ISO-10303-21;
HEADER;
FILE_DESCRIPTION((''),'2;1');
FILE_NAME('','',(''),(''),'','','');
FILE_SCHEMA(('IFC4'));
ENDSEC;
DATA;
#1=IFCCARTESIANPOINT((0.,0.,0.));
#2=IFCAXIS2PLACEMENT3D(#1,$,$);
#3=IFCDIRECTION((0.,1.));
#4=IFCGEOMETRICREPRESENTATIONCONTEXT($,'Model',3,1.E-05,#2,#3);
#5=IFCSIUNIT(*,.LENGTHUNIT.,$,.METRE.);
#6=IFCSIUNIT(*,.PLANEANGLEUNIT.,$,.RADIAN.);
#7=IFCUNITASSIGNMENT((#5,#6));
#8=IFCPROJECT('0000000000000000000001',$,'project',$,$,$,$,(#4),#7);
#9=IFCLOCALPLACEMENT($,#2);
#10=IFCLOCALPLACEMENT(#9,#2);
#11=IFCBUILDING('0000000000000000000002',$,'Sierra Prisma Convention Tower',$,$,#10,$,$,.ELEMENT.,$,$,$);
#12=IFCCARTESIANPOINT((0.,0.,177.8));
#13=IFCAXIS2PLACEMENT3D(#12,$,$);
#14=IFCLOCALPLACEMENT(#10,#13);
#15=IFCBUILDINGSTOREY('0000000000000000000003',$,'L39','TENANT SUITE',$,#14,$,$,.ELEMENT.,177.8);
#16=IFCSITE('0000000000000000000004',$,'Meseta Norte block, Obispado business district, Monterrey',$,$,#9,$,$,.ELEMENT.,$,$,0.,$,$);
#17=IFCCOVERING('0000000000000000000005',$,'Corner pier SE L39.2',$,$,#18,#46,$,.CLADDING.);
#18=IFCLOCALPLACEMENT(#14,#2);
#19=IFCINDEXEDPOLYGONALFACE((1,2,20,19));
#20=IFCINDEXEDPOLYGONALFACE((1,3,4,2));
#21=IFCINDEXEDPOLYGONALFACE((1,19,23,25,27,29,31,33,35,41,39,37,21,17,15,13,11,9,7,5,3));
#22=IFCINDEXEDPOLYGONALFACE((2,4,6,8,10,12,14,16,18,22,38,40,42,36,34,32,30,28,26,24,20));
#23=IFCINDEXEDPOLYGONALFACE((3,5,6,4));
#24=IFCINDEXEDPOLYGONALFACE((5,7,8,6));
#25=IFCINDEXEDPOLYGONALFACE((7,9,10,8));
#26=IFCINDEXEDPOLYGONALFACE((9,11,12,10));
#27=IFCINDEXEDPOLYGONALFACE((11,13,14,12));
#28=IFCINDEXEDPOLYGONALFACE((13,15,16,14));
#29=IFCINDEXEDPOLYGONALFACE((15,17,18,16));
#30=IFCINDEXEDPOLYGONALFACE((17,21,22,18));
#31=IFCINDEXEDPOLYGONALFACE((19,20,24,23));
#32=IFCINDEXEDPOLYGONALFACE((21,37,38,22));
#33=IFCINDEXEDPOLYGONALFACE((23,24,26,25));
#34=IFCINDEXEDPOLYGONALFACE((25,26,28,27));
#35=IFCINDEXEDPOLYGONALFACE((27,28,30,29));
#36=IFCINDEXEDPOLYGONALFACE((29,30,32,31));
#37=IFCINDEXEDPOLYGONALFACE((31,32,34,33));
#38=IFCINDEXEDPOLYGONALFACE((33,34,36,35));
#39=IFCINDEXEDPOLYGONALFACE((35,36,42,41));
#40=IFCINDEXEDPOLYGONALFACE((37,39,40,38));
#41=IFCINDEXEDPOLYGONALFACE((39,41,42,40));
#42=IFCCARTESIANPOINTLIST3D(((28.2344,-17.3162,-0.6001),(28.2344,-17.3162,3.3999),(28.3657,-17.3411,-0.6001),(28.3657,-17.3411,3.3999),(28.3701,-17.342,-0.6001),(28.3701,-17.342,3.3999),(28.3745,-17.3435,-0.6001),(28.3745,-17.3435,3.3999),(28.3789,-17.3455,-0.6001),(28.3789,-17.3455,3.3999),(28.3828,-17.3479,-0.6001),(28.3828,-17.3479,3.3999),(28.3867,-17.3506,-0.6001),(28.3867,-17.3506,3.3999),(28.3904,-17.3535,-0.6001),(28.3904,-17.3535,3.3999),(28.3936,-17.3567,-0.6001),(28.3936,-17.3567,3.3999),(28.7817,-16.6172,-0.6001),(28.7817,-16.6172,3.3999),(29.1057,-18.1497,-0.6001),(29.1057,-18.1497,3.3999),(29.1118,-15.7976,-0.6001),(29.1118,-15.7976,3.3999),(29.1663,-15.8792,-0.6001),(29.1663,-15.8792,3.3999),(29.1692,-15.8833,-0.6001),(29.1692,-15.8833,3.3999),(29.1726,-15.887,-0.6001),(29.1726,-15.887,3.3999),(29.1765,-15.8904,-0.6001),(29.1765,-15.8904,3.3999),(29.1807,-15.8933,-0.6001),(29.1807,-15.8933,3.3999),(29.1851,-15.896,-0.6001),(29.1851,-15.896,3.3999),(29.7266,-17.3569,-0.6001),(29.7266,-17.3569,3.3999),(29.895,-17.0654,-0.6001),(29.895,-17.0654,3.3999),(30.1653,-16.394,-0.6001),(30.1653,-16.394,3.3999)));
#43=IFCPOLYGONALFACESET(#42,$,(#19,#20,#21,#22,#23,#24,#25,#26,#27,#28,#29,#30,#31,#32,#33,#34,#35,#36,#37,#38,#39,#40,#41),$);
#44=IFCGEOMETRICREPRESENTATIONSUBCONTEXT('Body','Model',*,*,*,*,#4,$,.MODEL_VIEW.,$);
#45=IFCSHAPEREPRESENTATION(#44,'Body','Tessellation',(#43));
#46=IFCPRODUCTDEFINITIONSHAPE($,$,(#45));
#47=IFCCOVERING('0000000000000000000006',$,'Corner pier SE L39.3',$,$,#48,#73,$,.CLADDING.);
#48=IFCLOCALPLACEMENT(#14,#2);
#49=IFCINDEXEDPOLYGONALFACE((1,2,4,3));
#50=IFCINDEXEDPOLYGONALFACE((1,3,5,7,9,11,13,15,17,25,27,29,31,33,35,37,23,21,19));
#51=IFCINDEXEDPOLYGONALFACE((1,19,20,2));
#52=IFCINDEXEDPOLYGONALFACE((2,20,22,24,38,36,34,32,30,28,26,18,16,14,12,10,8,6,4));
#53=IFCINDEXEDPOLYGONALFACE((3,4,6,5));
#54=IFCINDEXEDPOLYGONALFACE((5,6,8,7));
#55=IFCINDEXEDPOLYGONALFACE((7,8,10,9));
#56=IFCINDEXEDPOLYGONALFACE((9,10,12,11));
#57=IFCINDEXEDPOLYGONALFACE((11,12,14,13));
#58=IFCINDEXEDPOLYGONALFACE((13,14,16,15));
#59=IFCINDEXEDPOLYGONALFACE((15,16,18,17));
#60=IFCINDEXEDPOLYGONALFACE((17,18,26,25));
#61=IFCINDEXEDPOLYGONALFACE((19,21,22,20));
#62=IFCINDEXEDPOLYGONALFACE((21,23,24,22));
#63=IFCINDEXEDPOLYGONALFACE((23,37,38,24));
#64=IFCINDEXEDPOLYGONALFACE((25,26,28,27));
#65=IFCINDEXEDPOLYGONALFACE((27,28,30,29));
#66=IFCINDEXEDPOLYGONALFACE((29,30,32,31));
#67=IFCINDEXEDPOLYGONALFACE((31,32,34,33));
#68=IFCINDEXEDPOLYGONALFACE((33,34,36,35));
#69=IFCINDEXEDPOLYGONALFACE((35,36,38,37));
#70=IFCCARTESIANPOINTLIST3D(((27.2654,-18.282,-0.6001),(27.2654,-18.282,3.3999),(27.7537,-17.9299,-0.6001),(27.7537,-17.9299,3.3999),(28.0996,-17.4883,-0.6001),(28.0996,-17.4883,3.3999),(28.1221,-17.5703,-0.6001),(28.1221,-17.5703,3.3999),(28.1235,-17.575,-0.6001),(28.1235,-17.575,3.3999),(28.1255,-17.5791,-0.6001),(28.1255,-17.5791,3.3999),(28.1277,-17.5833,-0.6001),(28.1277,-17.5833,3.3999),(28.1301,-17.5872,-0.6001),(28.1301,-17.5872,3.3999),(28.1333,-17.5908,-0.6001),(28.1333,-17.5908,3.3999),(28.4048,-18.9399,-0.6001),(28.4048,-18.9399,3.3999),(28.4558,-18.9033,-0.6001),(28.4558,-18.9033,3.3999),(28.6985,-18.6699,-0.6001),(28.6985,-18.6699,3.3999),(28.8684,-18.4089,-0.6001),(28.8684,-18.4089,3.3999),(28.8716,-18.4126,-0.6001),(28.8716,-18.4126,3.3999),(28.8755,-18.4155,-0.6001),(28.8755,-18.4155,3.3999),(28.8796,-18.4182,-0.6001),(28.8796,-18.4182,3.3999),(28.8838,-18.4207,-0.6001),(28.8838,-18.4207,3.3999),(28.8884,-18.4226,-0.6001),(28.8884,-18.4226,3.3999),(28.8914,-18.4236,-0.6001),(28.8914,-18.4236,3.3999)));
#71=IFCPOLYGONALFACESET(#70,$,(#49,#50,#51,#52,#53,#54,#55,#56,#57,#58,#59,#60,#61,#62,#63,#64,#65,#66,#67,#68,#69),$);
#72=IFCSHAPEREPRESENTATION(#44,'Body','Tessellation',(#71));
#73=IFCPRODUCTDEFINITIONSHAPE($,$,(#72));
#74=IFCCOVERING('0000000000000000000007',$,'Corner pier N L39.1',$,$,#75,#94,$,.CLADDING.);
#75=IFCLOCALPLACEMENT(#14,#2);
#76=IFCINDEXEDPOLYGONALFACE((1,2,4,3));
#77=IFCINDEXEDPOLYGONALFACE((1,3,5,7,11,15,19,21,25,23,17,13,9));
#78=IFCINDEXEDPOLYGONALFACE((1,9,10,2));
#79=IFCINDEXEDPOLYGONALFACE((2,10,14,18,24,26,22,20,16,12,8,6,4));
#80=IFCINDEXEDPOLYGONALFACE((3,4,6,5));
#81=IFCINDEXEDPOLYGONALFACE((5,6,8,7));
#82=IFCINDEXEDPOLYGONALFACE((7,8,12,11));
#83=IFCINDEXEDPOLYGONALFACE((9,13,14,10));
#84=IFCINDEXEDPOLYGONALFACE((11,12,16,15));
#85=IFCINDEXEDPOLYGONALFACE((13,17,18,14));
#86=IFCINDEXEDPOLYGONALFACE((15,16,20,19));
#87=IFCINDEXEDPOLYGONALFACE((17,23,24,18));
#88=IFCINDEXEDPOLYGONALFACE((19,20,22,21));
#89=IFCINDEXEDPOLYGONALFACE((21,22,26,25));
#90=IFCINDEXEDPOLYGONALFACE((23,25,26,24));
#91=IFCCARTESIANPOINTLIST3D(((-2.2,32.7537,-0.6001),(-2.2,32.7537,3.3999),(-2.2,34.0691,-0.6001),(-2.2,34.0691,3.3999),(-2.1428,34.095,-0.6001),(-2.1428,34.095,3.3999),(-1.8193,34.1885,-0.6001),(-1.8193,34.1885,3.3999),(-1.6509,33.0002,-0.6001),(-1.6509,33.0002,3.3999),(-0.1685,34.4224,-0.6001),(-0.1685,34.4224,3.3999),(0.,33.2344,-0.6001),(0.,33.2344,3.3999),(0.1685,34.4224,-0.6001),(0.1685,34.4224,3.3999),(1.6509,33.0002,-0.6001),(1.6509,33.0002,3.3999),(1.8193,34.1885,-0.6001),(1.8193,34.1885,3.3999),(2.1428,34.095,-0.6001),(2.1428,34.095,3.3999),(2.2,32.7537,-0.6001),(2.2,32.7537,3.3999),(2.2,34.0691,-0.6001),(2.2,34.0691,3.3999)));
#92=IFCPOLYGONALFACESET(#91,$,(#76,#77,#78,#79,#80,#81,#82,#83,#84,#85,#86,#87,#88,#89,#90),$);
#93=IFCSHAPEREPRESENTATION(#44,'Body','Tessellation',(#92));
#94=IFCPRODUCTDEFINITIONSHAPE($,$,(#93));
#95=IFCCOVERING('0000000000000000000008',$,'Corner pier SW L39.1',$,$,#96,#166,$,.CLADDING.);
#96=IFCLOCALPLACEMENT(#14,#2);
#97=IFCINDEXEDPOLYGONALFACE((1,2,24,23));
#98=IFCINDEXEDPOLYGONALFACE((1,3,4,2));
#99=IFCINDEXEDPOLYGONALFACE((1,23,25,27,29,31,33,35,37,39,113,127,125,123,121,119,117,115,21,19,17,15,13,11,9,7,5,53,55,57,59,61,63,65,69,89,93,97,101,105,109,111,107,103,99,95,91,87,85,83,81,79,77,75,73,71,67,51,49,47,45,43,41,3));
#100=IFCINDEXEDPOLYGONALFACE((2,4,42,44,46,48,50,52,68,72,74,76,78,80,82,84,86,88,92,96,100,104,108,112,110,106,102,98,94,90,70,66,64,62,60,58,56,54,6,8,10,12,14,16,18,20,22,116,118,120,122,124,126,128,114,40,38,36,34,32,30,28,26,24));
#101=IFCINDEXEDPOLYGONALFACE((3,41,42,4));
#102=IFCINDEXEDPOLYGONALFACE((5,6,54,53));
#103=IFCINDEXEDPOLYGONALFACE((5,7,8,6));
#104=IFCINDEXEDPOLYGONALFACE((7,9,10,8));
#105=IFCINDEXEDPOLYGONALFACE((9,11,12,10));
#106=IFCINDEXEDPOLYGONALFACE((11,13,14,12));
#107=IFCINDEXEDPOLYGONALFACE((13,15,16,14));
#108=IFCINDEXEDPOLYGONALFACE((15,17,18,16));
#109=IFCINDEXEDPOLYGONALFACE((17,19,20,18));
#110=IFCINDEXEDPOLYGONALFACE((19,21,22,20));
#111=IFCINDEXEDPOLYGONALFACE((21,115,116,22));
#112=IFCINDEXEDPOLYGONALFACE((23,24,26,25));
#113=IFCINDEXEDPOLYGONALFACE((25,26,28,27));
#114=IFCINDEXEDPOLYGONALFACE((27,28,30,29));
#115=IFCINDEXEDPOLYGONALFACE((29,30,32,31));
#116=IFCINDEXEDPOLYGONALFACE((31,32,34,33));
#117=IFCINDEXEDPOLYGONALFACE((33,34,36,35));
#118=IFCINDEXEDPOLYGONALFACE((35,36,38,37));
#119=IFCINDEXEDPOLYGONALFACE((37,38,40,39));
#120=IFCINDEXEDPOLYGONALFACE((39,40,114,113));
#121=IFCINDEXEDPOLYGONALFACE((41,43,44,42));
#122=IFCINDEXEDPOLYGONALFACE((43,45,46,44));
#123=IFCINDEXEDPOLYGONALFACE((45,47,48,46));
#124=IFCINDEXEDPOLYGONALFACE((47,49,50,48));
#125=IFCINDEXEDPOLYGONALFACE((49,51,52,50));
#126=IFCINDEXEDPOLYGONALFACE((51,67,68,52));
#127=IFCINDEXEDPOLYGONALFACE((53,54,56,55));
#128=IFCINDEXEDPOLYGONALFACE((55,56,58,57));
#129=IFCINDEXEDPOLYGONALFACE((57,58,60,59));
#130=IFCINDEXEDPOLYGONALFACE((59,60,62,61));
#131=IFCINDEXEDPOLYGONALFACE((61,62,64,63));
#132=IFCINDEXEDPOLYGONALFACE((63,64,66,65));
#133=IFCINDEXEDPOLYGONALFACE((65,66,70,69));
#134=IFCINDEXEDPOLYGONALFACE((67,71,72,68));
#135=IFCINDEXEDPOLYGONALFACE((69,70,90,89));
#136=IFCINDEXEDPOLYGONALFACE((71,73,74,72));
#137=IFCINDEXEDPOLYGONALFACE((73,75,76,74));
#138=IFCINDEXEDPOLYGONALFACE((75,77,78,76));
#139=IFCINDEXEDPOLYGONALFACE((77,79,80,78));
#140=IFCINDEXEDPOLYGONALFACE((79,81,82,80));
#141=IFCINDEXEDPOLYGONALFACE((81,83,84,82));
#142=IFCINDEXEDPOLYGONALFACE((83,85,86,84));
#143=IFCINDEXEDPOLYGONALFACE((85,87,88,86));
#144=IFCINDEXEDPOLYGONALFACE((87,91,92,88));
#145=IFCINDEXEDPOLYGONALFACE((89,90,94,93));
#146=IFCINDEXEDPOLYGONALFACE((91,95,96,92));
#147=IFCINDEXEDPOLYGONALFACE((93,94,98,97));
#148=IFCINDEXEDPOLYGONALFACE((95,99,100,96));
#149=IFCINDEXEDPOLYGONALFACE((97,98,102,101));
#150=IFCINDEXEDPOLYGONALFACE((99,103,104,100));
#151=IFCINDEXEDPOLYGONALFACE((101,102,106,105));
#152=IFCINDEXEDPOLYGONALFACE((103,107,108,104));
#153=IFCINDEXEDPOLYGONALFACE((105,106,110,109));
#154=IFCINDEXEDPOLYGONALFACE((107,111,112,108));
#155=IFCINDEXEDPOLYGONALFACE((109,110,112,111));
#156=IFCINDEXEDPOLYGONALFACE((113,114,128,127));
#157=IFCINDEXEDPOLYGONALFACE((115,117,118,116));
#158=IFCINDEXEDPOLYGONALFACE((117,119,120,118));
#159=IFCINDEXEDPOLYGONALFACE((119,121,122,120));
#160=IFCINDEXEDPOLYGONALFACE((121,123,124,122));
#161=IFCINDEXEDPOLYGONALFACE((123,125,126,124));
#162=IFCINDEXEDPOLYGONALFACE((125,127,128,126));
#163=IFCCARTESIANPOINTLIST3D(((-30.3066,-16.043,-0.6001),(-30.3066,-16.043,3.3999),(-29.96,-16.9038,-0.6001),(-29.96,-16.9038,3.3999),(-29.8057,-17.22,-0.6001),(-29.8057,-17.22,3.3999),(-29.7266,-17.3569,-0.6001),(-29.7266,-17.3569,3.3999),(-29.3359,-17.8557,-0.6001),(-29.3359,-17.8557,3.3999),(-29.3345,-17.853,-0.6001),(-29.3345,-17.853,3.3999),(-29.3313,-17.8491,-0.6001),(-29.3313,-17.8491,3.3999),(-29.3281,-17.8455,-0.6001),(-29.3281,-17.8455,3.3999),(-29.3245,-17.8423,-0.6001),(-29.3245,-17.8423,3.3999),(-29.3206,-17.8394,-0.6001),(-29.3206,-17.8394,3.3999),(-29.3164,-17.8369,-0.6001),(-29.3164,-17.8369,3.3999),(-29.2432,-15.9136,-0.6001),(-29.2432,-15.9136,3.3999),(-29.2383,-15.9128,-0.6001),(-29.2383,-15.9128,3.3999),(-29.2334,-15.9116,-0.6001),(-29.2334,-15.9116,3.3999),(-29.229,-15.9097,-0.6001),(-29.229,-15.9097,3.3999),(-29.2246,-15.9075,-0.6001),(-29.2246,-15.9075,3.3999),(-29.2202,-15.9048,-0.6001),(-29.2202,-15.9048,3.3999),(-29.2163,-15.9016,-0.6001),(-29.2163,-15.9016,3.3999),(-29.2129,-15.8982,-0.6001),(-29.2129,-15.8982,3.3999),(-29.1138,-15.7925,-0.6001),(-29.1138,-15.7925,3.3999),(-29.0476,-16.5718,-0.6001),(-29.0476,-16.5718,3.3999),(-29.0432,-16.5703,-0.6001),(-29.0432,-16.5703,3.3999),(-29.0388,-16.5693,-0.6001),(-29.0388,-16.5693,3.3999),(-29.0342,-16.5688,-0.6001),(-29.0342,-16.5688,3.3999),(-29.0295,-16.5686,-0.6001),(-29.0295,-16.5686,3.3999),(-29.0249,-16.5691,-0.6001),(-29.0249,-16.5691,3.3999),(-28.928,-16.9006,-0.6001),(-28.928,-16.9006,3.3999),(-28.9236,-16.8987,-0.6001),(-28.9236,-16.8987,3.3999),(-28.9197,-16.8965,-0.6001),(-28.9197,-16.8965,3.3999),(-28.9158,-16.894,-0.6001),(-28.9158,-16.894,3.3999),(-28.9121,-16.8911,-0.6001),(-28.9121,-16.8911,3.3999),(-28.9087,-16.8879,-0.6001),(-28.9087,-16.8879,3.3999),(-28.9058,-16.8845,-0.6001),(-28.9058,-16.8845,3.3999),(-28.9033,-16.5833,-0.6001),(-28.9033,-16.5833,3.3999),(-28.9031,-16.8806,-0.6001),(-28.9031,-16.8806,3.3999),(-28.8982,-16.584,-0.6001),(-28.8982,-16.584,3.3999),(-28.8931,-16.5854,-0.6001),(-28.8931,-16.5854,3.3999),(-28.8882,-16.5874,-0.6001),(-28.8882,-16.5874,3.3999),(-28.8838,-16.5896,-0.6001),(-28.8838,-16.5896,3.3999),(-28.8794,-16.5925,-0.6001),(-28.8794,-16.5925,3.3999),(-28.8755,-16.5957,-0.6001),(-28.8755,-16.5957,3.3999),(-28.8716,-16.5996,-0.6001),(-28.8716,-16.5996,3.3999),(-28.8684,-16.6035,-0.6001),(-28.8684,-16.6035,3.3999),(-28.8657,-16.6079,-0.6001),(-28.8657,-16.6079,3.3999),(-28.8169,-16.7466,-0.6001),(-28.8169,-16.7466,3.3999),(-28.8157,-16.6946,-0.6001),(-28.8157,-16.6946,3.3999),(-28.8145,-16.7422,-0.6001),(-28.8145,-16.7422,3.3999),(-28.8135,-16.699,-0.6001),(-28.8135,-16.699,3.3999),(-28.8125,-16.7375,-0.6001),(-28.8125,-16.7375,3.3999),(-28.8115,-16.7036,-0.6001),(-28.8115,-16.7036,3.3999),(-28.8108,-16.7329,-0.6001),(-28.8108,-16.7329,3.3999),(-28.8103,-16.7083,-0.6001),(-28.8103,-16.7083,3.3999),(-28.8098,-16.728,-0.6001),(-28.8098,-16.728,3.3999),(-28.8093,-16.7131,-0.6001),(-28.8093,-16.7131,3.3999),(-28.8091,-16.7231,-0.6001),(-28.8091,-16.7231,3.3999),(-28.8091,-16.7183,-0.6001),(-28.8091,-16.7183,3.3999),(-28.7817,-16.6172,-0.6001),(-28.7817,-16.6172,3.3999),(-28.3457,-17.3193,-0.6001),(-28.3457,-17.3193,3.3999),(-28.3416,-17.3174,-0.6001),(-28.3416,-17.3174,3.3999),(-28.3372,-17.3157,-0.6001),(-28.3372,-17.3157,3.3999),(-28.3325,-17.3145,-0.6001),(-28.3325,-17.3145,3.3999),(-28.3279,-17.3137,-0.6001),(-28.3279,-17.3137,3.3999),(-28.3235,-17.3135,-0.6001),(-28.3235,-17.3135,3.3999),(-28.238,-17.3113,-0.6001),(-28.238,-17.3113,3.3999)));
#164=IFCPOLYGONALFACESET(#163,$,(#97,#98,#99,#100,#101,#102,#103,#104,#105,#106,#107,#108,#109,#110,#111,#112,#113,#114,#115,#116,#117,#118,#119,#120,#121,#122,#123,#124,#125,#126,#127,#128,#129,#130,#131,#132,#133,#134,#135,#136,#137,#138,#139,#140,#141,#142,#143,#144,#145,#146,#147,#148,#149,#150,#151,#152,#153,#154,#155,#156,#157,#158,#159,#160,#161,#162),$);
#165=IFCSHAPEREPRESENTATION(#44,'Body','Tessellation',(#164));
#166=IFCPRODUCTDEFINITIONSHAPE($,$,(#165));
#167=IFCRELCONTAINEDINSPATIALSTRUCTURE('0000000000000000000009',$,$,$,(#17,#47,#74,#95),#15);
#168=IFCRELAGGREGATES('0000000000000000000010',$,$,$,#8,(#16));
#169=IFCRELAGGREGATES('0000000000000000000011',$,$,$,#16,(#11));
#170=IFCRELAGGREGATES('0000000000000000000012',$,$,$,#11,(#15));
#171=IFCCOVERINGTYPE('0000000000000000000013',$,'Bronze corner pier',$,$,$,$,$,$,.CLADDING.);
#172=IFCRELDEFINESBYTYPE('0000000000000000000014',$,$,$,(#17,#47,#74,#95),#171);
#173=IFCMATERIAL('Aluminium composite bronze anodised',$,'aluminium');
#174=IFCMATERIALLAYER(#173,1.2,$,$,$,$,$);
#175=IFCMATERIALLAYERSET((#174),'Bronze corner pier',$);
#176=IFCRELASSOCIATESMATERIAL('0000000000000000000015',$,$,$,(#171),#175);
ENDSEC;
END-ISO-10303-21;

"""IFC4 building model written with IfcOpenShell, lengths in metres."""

from ifc_helpers import new_model, si_unit, direction, frame, origin, place, context, subcontext, project, spatial, polyline, outline, extrude, material, layer, layer_set, type_object, element, save


model = new_model("IFC4")

# Units and contexts
model_context = context("Model", 3, precision=1e-05, world=origin(), true_north=direction((0.0, 1.0)))
body_context = subcontext(model_context, "Body", "Model", "MODEL_VIEW")
ifc_project = project(units=[si_unit("LENGTHUNIT", "METRE"), si_unit("PLANEANGLEUNIT", "RADIAN")], contexts=[model_context])

# Site, building, storey
site_placement = place(None, origin())
site = spatial("IfcSite", under=ifc_project, at=site_placement, Name="Meseta Norte block, Obispado business district, Monterrey", CompositionType="ELEMENT", RefElevation=0.0)
building_placement = place(site_placement, origin())
building = spatial("IfcBuilding", under=site, at=building_placement, Name="Sierra Prisma Convention Tower", CompositionType="ELEMENT")
storey_placement = place(building_placement, frame((0.0, 0.0, 177.8)))
storey = spatial("IfcBuildingStorey", under=building, at=storey_placement, Name="L39", Description="TENANT SUITE", CompositionType="ELEMENT", Elevation=177.8)

# Coverings
ifc_material_1 = material(Name="Aluminium composite bronze anodised", Category="aluminium")
ifc_layer_1 = layer(ifc_material_1, 1.2)
ifc_layer_set_1 = layer_set([ifc_layer_1], Name="Bronze corner pier")
covering_type_1 = type_object("IfcCoveringType", Name="Bronze corner pier", PredefinedType="CLADDING", material=ifc_layer_set_1)
covering_1_placement = place(storey_placement, frame((0.0, 0.0, -0.6001)))
element("IfcCovering", 1, at=covering_1_placement, inside=storey, type_object=covering_type_1, Name="Corner pier SE L39.2", PredefinedType="CLADDING", context=body_context, shape_type="SweptSolid", body=[
    extrude(outline(polyline([(28.2344, -17.3162), (28.7817, -16.6172), (29.1118, -15.7976), (29.1663, -15.8792), (29.1692, -15.8833), (29.1726, -15.887), (29.1765, -15.8904), (29.1807, -15.8933), (29.1851, -15.896), (30.1653, -16.394), (29.895, -17.0654), (29.7266, -17.3569), (29.1057, -18.1497), (28.3936, -17.3567), (28.3904, -17.3535), (28.3867, -17.3506), (28.3828, -17.3479), (28.3789, -17.3455), (28.3745, -17.3435), (28.3701, -17.342), (28.3657, -17.3411), (28.2344, -17.3162)])), origin(), (0.0, 0.0, 1.0), 4.0),
])
covering_2_placement = place(storey_placement, frame((0.0, 0.0, -0.6001)))
element("IfcCovering", 2, at=covering_2_placement, inside=storey, type_object=covering_type_1, Name="Corner pier SE L39.3", PredefinedType="CLADDING", context=body_context, shape_type="SweptSolid", body=[
    extrude(outline(polyline([(28.8684, -18.4089), (28.8716, -18.4126), (28.8755, -18.4155), (28.8796, -18.4182), (28.8838, -18.4207), (28.8884, -18.4226), (28.8914, -18.4236), (28.6985, -18.6699), (28.4558, -18.9033), (28.4048, -18.9399), (27.2654, -18.282), (27.7537, -17.9299), (28.0996, -17.4883), (28.1221, -17.5703), (28.1235, -17.575), (28.1255, -17.5791), (28.1277, -17.5833), (28.1301, -17.5872), (28.1333, -17.5908), (28.8684, -18.4089)])), origin(), (0.0, 0.0, 1.0), 4.0),
])
covering_3_placement = place(storey_placement, frame((0.0, 0.0, -0.6001)))
element("IfcCovering", 3, at=covering_3_placement, inside=storey, type_object=covering_type_1, Name="Corner pier N L39.1", PredefinedType="CLADDING", context=body_context, shape_type="SweptSolid", body=[
    extrude(outline(polyline([(-2.1428, 34.095), (-1.8193, 34.1885), (-0.1685, 34.4224), (0.1685, 34.4224), (1.8193, 34.1885), (2.1428, 34.095), (2.2, 34.0691), (2.2, 32.7537), (1.6509, 33.0002), (0.0, 33.2344), (-1.6509, 33.0002), (-2.2, 32.7537), (-2.2, 34.0691), (-2.1428, 34.095)])), origin(), (0.0, 0.0, 1.0), 4.0),
])
covering_4_placement = place(storey_placement, frame((0.0, 0.0, -0.6001)))
element("IfcCovering", 4, at=covering_4_placement, inside=storey, type_object=covering_type_1, Name="Corner pier SW L39.1", PredefinedType="CLADDING", context=body_context, shape_type="SweptSolid", body=[
    extrude(outline(polyline([(-28.8145, -16.7422), (-28.8125, -16.7375), (-28.8108, -16.7329), (-28.8098, -16.728), (-28.8091, -16.7231), (-28.8091, -16.7183), (-28.8093, -16.7131), (-28.8103, -16.7083), (-28.8115, -16.7036), (-28.8135, -16.699), (-28.8157, -16.6946), (-28.8657, -16.6079), (-28.8684, -16.6035), (-28.8716, -16.5996), (-28.8755, -16.5957), (-28.8794, -16.5925), (-28.8838, -16.5896), (-28.8882, -16.5874), (-28.8931, -16.5854), (-28.8982, -16.584), (-28.9033, -16.5833), (-29.0249, -16.5691), (-29.0295, -16.5686), (-29.0342, -16.5688), (-29.0388, -16.5693), (-29.0432, -16.5703), (-29.0476, -16.5718), (-29.96, -16.9038), (-30.3066, -16.043), (-29.2432, -15.9136), (-29.2383, -15.9128), (-29.2334, -15.9116), (-29.229, -15.9097), (-29.2246, -15.9075), (-29.2202, -15.9048), (-29.2163, -15.9016), (-29.2129, -15.8982), (-29.1138, -15.7925), (-28.7817, -16.6172), (-28.238, -17.3113), (-28.3235, -17.3135), (-28.3279, -17.3137), (-28.3325, -17.3145), (-28.3372, -17.3157), (-28.3416, -17.3174), (-28.3457, -17.3193), (-29.3164, -17.8369), (-29.3206, -17.8394), (-29.3245, -17.8423), (-29.3281, -17.8455), (-29.3313, -17.8491), (-29.3345, -17.853), (-29.3359, -17.8557), (-29.7266, -17.3569), (-29.8057, -17.22), (-28.928, -16.9006), (-28.9236, -16.8987), (-28.9197, -16.8965), (-28.9158, -16.894), (-28.9121, -16.8911), (-28.9087, -16.8879), (-28.9058, -16.8845), (-28.9031, -16.8806), (-28.8169, -16.7466), (-28.8145, -16.7422)])), origin(), (0.0, 0.0, 1.0), 4.0),
])

save(model, "model.ifc")
